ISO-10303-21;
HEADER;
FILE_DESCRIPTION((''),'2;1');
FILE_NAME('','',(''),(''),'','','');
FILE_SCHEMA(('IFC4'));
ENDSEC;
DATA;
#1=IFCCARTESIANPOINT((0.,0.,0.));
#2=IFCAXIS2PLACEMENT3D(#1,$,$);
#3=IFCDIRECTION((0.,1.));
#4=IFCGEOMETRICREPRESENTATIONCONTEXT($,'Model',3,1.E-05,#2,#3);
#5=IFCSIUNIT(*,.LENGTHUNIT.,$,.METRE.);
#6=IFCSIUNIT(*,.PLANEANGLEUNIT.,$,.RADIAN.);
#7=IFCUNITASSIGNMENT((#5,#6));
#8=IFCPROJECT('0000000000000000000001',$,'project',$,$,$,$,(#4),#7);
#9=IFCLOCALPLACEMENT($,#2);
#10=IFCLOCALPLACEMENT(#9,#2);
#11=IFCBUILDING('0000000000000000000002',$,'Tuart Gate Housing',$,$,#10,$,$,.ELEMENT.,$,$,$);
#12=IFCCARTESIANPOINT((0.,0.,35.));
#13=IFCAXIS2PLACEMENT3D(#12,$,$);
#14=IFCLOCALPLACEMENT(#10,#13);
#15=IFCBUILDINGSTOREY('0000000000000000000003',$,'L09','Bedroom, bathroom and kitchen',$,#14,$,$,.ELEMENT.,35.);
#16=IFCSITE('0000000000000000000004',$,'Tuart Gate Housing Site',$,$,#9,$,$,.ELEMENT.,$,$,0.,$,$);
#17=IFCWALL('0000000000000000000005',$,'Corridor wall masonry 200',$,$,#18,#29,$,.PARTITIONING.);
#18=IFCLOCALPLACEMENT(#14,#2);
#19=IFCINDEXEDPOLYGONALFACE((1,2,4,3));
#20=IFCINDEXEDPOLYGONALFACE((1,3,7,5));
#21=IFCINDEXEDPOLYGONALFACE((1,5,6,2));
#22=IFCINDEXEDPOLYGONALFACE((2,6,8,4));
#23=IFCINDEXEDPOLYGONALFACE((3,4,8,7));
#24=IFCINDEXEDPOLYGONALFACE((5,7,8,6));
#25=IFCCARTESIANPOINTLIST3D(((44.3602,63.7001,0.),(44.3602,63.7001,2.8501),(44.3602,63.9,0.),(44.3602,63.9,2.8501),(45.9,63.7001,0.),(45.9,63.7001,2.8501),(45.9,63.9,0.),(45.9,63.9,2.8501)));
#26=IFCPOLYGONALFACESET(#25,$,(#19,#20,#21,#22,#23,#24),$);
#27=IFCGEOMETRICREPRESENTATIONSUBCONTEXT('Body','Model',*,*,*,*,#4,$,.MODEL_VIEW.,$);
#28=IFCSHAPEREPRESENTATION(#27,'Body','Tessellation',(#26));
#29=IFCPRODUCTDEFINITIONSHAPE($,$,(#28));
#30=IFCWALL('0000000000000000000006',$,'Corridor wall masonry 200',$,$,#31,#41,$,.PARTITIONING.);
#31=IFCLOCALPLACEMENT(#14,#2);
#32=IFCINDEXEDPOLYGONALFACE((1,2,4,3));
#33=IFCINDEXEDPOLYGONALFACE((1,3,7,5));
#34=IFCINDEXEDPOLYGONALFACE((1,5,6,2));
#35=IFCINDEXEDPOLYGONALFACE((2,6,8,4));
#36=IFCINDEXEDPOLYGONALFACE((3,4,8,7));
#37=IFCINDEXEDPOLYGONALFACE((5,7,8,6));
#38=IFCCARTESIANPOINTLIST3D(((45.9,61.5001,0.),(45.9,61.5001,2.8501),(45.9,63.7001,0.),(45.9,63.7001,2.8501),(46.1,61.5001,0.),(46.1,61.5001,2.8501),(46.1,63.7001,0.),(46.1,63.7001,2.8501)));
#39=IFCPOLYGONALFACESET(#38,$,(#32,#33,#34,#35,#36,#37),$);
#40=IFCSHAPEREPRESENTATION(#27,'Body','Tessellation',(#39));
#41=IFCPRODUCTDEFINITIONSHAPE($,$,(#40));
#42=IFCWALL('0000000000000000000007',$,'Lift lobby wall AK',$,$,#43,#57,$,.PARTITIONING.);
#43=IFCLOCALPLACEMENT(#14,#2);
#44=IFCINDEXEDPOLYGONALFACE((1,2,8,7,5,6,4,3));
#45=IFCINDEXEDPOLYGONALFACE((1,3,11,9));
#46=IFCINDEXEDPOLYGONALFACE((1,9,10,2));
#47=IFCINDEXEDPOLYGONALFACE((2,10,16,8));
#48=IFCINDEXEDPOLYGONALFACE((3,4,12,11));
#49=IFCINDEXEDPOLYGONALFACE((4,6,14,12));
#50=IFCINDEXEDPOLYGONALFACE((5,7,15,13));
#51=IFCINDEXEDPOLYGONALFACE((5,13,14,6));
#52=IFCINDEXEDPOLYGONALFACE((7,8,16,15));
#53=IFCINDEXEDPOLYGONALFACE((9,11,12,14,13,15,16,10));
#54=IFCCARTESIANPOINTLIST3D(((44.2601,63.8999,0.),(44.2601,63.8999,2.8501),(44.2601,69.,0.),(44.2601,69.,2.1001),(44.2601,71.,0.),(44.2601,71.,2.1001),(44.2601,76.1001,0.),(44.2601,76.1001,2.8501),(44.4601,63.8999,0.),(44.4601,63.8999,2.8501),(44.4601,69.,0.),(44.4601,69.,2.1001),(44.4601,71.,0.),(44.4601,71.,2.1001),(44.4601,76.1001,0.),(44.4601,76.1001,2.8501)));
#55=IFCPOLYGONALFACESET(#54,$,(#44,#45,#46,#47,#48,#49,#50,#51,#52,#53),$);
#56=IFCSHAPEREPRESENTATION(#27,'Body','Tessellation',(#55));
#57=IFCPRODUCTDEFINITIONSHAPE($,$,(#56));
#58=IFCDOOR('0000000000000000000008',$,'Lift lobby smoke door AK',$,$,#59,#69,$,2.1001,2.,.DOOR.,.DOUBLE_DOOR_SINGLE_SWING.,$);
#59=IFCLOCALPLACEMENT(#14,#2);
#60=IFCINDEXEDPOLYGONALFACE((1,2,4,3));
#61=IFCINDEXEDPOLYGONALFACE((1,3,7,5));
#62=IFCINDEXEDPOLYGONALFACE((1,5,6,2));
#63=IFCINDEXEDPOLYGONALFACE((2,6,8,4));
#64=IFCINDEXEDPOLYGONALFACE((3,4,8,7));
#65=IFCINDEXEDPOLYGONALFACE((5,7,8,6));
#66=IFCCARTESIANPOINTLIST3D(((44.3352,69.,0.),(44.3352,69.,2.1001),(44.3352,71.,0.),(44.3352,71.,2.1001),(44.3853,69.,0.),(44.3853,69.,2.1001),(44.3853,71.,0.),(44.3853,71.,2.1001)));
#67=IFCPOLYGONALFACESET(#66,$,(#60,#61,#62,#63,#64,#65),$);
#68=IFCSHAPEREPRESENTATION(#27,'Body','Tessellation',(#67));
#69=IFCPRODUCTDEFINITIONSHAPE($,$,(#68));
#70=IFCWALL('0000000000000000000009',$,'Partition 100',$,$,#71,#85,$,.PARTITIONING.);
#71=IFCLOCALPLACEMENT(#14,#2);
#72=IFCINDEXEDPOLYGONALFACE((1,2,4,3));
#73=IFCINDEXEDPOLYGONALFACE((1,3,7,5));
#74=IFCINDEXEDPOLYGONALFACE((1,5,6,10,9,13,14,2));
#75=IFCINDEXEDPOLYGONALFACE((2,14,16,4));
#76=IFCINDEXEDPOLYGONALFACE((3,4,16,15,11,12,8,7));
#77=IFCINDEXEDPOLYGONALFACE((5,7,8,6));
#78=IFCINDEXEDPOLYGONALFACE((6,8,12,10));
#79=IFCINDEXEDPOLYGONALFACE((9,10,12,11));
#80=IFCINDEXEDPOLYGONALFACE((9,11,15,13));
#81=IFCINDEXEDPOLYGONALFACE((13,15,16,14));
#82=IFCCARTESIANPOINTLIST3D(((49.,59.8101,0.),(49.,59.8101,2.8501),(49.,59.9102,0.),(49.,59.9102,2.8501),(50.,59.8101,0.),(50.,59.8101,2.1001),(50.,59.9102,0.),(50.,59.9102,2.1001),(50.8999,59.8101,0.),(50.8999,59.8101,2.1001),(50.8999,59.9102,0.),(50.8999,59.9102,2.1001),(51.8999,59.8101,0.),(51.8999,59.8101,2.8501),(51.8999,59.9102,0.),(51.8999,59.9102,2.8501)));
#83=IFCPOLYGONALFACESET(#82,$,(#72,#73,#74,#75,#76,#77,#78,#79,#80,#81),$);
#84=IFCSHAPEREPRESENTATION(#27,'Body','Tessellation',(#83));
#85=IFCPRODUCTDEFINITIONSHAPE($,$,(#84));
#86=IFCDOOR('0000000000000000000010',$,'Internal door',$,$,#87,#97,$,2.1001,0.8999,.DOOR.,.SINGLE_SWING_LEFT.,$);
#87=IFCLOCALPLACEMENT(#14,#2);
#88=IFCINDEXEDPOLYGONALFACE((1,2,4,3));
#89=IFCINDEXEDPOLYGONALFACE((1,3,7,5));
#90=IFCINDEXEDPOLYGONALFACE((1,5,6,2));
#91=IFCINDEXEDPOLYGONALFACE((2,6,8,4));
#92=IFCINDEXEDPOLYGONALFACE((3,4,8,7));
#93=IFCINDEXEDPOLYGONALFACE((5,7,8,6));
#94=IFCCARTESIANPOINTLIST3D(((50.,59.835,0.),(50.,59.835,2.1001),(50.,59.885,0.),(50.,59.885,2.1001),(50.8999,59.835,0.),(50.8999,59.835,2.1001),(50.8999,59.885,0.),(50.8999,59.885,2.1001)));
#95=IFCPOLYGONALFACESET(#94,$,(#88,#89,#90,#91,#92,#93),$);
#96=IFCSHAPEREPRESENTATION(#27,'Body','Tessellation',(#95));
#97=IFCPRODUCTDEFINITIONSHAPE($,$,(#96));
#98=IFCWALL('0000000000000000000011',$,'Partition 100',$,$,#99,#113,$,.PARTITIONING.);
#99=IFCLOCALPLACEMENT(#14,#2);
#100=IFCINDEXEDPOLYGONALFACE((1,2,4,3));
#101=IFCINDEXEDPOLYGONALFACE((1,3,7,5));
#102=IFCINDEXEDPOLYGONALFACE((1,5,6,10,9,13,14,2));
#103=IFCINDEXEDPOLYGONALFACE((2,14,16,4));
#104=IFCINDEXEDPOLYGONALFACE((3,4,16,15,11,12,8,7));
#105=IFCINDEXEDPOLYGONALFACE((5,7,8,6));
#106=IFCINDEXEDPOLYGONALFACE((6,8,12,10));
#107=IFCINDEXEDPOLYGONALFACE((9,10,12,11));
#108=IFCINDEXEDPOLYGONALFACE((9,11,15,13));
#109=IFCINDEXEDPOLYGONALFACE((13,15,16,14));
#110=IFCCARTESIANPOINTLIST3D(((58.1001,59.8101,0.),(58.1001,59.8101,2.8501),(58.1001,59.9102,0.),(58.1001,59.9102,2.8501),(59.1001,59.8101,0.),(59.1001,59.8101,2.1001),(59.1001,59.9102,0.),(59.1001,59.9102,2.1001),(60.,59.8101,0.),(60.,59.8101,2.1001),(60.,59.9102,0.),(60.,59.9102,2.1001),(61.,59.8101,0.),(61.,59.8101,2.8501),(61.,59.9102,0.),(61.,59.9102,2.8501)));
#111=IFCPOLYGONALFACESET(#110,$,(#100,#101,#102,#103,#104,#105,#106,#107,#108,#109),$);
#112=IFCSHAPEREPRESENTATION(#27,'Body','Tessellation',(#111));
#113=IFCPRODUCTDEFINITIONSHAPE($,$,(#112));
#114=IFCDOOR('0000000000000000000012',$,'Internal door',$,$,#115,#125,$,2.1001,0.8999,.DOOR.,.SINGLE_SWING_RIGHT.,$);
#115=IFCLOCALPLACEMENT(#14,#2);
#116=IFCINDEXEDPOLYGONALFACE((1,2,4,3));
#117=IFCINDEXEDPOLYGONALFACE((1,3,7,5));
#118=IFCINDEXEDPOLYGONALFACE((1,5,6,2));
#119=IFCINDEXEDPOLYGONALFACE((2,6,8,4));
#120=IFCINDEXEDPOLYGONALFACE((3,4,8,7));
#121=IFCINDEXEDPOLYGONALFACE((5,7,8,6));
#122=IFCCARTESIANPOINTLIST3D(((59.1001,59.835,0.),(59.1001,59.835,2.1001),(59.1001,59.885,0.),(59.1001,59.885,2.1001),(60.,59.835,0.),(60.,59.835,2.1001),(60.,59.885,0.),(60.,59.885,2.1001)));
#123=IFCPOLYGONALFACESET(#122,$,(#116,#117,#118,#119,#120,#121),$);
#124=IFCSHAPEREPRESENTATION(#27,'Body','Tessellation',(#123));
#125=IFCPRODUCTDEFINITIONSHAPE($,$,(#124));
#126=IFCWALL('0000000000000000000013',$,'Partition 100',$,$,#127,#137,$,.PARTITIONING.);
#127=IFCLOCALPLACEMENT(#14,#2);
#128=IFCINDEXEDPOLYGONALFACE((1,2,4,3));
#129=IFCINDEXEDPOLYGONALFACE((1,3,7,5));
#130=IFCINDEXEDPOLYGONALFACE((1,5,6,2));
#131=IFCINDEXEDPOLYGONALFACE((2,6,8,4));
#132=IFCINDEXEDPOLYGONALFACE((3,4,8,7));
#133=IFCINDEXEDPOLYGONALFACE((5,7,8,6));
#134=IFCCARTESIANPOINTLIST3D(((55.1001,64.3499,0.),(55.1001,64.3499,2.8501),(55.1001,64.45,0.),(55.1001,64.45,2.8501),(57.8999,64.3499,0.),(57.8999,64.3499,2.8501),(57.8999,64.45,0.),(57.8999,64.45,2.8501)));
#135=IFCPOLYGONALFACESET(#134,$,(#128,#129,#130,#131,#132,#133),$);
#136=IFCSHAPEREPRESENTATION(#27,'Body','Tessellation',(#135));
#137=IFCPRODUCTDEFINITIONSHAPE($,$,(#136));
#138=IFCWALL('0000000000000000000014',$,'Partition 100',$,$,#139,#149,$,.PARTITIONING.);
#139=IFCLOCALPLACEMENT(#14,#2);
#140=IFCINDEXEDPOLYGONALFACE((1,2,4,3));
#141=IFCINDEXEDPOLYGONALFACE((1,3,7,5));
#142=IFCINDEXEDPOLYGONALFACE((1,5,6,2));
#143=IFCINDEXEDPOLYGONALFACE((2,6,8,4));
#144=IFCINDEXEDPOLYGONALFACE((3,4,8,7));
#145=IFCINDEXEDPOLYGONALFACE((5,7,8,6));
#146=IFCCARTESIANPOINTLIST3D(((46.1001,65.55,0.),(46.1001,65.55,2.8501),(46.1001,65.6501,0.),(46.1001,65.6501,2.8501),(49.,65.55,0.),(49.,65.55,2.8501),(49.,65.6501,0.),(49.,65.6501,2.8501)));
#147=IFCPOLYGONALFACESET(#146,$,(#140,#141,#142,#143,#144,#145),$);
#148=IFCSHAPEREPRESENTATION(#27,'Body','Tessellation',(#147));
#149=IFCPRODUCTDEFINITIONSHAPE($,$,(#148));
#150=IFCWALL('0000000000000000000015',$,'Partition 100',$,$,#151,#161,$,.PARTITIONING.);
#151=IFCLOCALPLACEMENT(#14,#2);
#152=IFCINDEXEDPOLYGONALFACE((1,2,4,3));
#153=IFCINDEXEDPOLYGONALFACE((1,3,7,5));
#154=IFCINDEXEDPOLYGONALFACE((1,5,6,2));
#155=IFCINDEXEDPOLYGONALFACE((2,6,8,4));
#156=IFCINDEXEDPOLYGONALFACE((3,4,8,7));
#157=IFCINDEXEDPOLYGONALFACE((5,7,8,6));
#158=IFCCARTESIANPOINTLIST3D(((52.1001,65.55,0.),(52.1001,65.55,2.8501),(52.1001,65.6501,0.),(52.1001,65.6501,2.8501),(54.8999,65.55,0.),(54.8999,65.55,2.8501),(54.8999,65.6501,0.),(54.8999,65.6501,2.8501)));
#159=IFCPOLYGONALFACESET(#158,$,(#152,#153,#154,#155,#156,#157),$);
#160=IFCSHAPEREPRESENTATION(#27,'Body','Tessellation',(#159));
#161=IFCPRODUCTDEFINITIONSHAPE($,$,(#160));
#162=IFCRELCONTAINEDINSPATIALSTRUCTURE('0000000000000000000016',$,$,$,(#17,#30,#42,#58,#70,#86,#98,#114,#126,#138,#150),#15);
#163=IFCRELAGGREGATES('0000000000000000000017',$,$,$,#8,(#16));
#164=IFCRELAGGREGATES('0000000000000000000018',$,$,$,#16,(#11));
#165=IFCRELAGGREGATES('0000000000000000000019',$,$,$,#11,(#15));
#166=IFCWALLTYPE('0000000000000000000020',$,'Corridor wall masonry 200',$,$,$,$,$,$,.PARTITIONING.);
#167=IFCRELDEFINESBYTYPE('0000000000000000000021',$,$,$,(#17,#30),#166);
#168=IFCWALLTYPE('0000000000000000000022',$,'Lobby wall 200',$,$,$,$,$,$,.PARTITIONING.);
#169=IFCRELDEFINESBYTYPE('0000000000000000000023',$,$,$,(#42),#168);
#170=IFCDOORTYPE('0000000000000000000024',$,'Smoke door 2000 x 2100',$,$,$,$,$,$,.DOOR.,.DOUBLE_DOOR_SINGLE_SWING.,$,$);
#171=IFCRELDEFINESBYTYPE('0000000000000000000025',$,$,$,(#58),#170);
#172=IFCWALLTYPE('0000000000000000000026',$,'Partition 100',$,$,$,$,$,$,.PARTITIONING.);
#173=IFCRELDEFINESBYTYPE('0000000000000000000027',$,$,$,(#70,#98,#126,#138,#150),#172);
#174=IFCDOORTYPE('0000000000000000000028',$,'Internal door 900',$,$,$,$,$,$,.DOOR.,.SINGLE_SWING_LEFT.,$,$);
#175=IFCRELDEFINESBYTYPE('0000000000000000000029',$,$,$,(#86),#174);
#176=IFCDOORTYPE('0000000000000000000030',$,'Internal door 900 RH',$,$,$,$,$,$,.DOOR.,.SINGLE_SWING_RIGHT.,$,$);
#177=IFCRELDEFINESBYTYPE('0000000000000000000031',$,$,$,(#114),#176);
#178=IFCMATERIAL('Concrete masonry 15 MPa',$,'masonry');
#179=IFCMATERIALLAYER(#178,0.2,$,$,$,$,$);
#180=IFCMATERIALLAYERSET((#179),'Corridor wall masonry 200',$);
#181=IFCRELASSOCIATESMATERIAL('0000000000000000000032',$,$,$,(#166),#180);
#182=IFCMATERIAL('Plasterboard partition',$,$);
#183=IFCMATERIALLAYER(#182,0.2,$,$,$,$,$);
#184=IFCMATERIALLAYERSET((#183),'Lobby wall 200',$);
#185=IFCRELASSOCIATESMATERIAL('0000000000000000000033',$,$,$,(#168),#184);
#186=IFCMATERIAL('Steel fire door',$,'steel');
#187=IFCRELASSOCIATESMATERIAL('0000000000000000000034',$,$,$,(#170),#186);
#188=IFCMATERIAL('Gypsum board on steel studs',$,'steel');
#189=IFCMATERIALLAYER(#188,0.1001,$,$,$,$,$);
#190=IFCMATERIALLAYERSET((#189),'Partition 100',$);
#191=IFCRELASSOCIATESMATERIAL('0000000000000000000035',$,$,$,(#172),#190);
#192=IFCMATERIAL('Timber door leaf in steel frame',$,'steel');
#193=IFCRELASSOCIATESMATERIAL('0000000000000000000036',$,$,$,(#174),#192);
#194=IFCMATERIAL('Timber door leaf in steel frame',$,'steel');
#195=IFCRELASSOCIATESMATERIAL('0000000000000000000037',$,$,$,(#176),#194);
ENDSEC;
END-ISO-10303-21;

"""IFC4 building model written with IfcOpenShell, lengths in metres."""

from ifc_helpers import new_model, si_unit, direction, frame, frame_2d, origin, place, context, subcontext, project, spatial, rectangle, extrude, material, layer, layer_set, type_object, element, fill, save


model = new_model("IFC4")

# Units and contexts
model_context = context("Model", 3, precision=1e-05, world=origin(), true_north=direction((0.0, 1.0)))
body_context = subcontext(model_context, "Body", "Model", "MODEL_VIEW")
ifc_project = project(units=[si_unit("LENGTHUNIT", "METRE"), si_unit("PLANEANGLEUNIT", "RADIAN")], contexts=[model_context])

# Site, building, storey
site_placement = place(None, origin())
site = spatial("IfcSite", under=ifc_project, at=site_placement, Name="Tuart Gate Housing Site", CompositionType="ELEMENT", RefElevation=0.0)
building_placement = place(site_placement, origin())
building = spatial("IfcBuilding", under=site, at=building_placement, Name="Tuart Gate Housing", CompositionType="ELEMENT")
storey_placement = place(building_placement, frame((0.0, 0.0, 35.0)))
storey = spatial("IfcBuildingStorey", under=building, at=storey_placement, Name="L09", Description="Bedroom, bathroom and kitchen", CompositionType="ELEMENT", Elevation=35.0)

# Walls
ifc_material_1 = material(Name="Concrete masonry 15 MPa", Category="masonry")
ifc_layer_1 = layer(ifc_material_1, 0.2)
ifc_layer_set_1 = layer_set([ifc_layer_1], Name="Corridor wall masonry 200")
wall_type_1 = type_object("IfcWallType", Name="Corridor wall masonry 200", PredefinedType="PARTITIONING", material=ifc_layer_set_1)
wall_1_placement = place(storey_placement, frame((44.3601, 63.8, 0.0), z_axis=(0.0, 0.0, 1.0), x_axis=(1.0, 0.0, 0.0)))
element("IfcWall", 1, at=wall_1_placement, inside=storey, type_object=wall_type_1, Name="Corridor wall masonry 200", PredefinedType="PARTITIONING", context=body_context, shape_type="SweptSolid", body=[
    extrude(rectangle(XDim=1.5398, YDim=0.2, at=frame_2d((0.77, 0.0))), origin(), (0.0, 0.0, 1.0), 2.8501),
])
wall_2_placement = place(storey_placement, frame((46.0, 61.5, 0.0), z_axis=(0.0, 0.0, 1.0), x_axis=(0.0, 1.0, 0.0)))
element("IfcWall", 2, at=wall_2_placement, inside=storey, type_object=wall_type_1, Name="Corridor wall masonry 200", PredefinedType="PARTITIONING", context=body_context, shape_type="SweptSolid", body=[
    extrude(rectangle(XDim=2.2, YDim=0.2, at=frame_2d((1.1001, 0.0))), origin(), (0.0, 0.0, 1.0), 2.8501),
])

# Walls, openings, doors
ifc_material_2 = material(Name="Plasterboard partition")
ifc_layer_2 = layer(ifc_material_2, 0.2)
ifc_layer_set_2 = layer_set([ifc_layer_2], Name="Lobby wall 200")
wall_type_2 = type_object("IfcWallType", Name="Lobby wall 200", PredefinedType="PARTITIONING", material=ifc_layer_set_2)
wall_3_placement = place(storey_placement, frame((44.3601, 63.8999, 0.0), z_axis=(0.0, 0.0, 1.0), x_axis=(0.0, 1.0, 0.0)))
wall_3 = element("IfcWall", 3, at=wall_3_placement, inside=storey, type_object=wall_type_2, Name="Lift lobby wall AK", PredefinedType="PARTITIONING", context=body_context, shape_type="SweptSolid", body=[
    extrude(rectangle(XDim=12.2002, YDim=0.2, at=frame_2d((6.1001, 0.0))), origin(), (0.0, 0.0, 1.0), 2.8501),
])
opening_1_placement = place(wall_3_placement, frame((5.1001, 0.0, 0.0)))
opening_1 = element("IfcOpeningElement", 4, at=opening_1_placement, cuts=wall_3, PredefinedType="OPENING", context=body_context, shape_type="SweptSolid", body=[
    extrude(rectangle(XDim=2.0, YDim=2.1001, at=frame_2d((1.0, 1.05))), frame((0.0, 0.1099, 0.0), z_axis=(0.0, -1.0, 0.0), x_axis=(1.0, 0.0, 0.0)), (0.0, 0.0, 1.0), 0.22),
])
ifc_material_3 = material(Name="Steel fire door", Category="steel")
door_type_1 = type_object("IfcDoorType", Name="Smoke door 2000 x 2100", OperationType="DOUBLE_DOOR_SINGLE_SWING", PredefinedType="DOOR", material=ifc_material_3)
door_1_placement = place(opening_1_placement, origin())
door_1 = element("IfcDoor", 5, at=door_1_placement, inside=storey, type_object=door_type_1, Name="Lift lobby smoke door AK", OperationType="DOUBLE_DOOR_SINGLE_SWING", OverallHeight=2.1001, OverallWidth=2.0, PredefinedType="DOOR", context=body_context, shape_type="SweptSolid", body=[
    extrude(rectangle(XDim=2.0, YDim=2.1001, at=frame_2d((1.0, 1.05))), frame((0.0, 0.0249, 0.0), z_axis=(0.0, -1.0, 0.0), x_axis=(1.0, 0.0, 0.0)), (0.0, 0.0, 1.0), 0.05),
])
fill(opening_1, door_1)
ifc_material_4 = material(Name="Gypsum board on steel studs", Category="steel")
ifc_layer_3 = layer(ifc_material_4, 0.1001)
ifc_layer_set_3 = layer_set([ifc_layer_3], Name="Partition 100")
wall_type_3 = type_object("IfcWallType", Name="Partition 100", PredefinedType="PARTITIONING", material=ifc_layer_set_3)
wall_4_placement = place(storey_placement, frame((49.0, 59.8601, 0.0), z_axis=(0.0, 0.0, 1.0), x_axis=(1.0, 0.0, 0.0)))
wall_4 = element("IfcWall", 6, at=wall_4_placement, inside=storey, type_object=wall_type_3, Name="Partition 100", PredefinedType="PARTITIONING", context=body_context, shape_type="SweptSolid", body=[
    extrude(rectangle(XDim=2.8999, YDim=0.1001, at=frame_2d((1.45, 0.0))), origin(), (0.0, 0.0, 1.0), 2.8501),
])
opening_2_placement = place(wall_4_placement, frame((1.0, 0.0, 0.0)))
opening_2 = element("IfcOpeningElement", 7, at=opening_2_placement, cuts=wall_4, PredefinedType="OPENING", context=body_context, shape_type="SweptSolid", body=[
    extrude(rectangle(XDim=0.8999, YDim=2.1001, at=frame_2d((0.45, 1.05))), frame((0.0, 0.0601, 0.0), z_axis=(0.0, -1.0, 0.0), x_axis=(1.0, 0.0, 0.0)), (0.0, 0.0, 1.0), 0.1201),
])
ifc_material_5 = material(Name="Timber door leaf in steel frame", Category="steel")
door_type_2 = type_object("IfcDoorType", Name="Internal door 900", OperationType="SINGLE_SWING_LEFT", PredefinedType="DOOR", material=ifc_material_5)
door_2_placement = place(opening_2_placement, origin())
door_2 = element("IfcDoor", 8, at=door_2_placement, inside=storey, type_object=door_type_2, Name="Internal door", OperationType="SINGLE_SWING_LEFT", OverallHeight=2.1001, OverallWidth=0.8999, PredefinedType="DOOR", context=body_context, shape_type="SweptSolid", body=[
    extrude(rectangle(XDim=0.8999, YDim=2.1001, at=frame_2d((0.45, 1.05))), frame((0.0, 0.0249, 0.0), z_axis=(0.0, -1.0, 0.0), x_axis=(1.0, 0.0, 0.0)), (0.0, 0.0, 1.0), 0.05),
])
fill(opening_2, door_2)
wall_5_placement = place(storey_placement, frame((58.1001, 59.8601, 0.0), z_axis=(0.0, 0.0, 1.0), x_axis=(1.0, 0.0, 0.0)))
wall_5 = element("IfcWall", 9, at=wall_5_placement, inside=storey, type_object=wall_type_3, Name="Partition 100", PredefinedType="PARTITIONING", context=body_context, shape_type="SweptSolid", body=[
    extrude(rectangle(XDim=2.8999, YDim=0.1001, at=frame_2d((1.45, 0.0))), origin(), (0.0, 0.0, 1.0), 2.8501),
])
opening_3_placement = place(wall_5_placement, frame((1.0, 0.0, 0.0)))
opening_3 = element("IfcOpeningElement", 10, at=opening_3_placement, cuts=wall_5, PredefinedType="OPENING", context=body_context, shape_type="SweptSolid", body=[
    extrude(rectangle(XDim=0.8999, YDim=2.1001, at=frame_2d((0.45, 1.05))), frame((0.0, 0.0601, 0.0), z_axis=(0.0, -1.0, 0.0), x_axis=(1.0, 0.0, 0.0)), (0.0, 0.0, 1.0), 0.1201),
])
ifc_material_6 = material(Name="Timber door leaf in steel frame", Category="steel")
door_type_3 = type_object("IfcDoorType", Name="Internal door 900 RH", OperationType="SINGLE_SWING_RIGHT", PredefinedType="DOOR", material=ifc_material_6)
door_3_placement = place(opening_3_placement, origin())
door_3 = element("IfcDoor", 11, at=door_3_placement, inside=storey, type_object=door_type_3, Name="Internal door", OperationType="SINGLE_SWING_RIGHT", OverallHeight=2.1001, OverallWidth=0.8999, PredefinedType="DOOR", context=body_context, shape_type="SweptSolid", body=[
    extrude(rectangle(XDim=0.8999, YDim=2.1001, at=frame_2d((0.45, 1.05))), frame((0.0, 0.0249, 0.0), z_axis=(0.0, -1.0, 0.0), x_axis=(1.0, 0.0, 0.0)), (0.0, 0.0, 1.0), 0.05),
])
fill(opening_3, door_3)

# Walls
wall_6_placement = place(storey_placement, frame((55.1001, 64.3999, 0.0), z_axis=(0.0, 0.0, 1.0), x_axis=(1.0, 0.0, 0.0)))
element("IfcWall", 12, at=wall_6_placement, inside=storey, type_object=wall_type_3, Name="Partition 100", PredefinedType="PARTITIONING", context=body_context, shape_type="SweptSolid", body=[
    extrude(rectangle(XDim=2.7998, YDim=0.1001, at=frame_2d((1.3999, 0.0))), origin(), (0.0, 0.0, 1.0), 2.8501),
])
wall_7_placement = place(storey_placement, frame((46.1001, 65.6001, 0.0), z_axis=(0.0, 0.0, 1.0), x_axis=(1.0, 0.0, 0.0)))
element("IfcWall", 13, at=wall_7_placement, inside=storey, type_object=wall_type_3, Name="Partition 100", PredefinedType="PARTITIONING", context=body_context, shape_type="SweptSolid", body=[
    extrude(rectangle(XDim=2.8999, YDim=0.1001, at=frame_2d((1.45, 0.0))), origin(), (0.0, 0.0, 1.0), 2.8501),
])
wall_8_placement = place(storey_placement, frame((52.1001, 65.6001, 0.0), z_axis=(0.0, 0.0, 1.0), x_axis=(1.0, 0.0, 0.0)))
element("IfcWall", 14, at=wall_8_placement, inside=storey, type_object=wall_type_3, Name="Partition 100", PredefinedType="PARTITIONING", context=body_context, shape_type="SweptSolid", body=[
    extrude(rectangle(XDim=2.7998, YDim=0.1001, at=frame_2d((1.3999, 0.0))), origin(), (0.0, 0.0, 1.0), 2.8501),
])

save(model, "model.ifc")
